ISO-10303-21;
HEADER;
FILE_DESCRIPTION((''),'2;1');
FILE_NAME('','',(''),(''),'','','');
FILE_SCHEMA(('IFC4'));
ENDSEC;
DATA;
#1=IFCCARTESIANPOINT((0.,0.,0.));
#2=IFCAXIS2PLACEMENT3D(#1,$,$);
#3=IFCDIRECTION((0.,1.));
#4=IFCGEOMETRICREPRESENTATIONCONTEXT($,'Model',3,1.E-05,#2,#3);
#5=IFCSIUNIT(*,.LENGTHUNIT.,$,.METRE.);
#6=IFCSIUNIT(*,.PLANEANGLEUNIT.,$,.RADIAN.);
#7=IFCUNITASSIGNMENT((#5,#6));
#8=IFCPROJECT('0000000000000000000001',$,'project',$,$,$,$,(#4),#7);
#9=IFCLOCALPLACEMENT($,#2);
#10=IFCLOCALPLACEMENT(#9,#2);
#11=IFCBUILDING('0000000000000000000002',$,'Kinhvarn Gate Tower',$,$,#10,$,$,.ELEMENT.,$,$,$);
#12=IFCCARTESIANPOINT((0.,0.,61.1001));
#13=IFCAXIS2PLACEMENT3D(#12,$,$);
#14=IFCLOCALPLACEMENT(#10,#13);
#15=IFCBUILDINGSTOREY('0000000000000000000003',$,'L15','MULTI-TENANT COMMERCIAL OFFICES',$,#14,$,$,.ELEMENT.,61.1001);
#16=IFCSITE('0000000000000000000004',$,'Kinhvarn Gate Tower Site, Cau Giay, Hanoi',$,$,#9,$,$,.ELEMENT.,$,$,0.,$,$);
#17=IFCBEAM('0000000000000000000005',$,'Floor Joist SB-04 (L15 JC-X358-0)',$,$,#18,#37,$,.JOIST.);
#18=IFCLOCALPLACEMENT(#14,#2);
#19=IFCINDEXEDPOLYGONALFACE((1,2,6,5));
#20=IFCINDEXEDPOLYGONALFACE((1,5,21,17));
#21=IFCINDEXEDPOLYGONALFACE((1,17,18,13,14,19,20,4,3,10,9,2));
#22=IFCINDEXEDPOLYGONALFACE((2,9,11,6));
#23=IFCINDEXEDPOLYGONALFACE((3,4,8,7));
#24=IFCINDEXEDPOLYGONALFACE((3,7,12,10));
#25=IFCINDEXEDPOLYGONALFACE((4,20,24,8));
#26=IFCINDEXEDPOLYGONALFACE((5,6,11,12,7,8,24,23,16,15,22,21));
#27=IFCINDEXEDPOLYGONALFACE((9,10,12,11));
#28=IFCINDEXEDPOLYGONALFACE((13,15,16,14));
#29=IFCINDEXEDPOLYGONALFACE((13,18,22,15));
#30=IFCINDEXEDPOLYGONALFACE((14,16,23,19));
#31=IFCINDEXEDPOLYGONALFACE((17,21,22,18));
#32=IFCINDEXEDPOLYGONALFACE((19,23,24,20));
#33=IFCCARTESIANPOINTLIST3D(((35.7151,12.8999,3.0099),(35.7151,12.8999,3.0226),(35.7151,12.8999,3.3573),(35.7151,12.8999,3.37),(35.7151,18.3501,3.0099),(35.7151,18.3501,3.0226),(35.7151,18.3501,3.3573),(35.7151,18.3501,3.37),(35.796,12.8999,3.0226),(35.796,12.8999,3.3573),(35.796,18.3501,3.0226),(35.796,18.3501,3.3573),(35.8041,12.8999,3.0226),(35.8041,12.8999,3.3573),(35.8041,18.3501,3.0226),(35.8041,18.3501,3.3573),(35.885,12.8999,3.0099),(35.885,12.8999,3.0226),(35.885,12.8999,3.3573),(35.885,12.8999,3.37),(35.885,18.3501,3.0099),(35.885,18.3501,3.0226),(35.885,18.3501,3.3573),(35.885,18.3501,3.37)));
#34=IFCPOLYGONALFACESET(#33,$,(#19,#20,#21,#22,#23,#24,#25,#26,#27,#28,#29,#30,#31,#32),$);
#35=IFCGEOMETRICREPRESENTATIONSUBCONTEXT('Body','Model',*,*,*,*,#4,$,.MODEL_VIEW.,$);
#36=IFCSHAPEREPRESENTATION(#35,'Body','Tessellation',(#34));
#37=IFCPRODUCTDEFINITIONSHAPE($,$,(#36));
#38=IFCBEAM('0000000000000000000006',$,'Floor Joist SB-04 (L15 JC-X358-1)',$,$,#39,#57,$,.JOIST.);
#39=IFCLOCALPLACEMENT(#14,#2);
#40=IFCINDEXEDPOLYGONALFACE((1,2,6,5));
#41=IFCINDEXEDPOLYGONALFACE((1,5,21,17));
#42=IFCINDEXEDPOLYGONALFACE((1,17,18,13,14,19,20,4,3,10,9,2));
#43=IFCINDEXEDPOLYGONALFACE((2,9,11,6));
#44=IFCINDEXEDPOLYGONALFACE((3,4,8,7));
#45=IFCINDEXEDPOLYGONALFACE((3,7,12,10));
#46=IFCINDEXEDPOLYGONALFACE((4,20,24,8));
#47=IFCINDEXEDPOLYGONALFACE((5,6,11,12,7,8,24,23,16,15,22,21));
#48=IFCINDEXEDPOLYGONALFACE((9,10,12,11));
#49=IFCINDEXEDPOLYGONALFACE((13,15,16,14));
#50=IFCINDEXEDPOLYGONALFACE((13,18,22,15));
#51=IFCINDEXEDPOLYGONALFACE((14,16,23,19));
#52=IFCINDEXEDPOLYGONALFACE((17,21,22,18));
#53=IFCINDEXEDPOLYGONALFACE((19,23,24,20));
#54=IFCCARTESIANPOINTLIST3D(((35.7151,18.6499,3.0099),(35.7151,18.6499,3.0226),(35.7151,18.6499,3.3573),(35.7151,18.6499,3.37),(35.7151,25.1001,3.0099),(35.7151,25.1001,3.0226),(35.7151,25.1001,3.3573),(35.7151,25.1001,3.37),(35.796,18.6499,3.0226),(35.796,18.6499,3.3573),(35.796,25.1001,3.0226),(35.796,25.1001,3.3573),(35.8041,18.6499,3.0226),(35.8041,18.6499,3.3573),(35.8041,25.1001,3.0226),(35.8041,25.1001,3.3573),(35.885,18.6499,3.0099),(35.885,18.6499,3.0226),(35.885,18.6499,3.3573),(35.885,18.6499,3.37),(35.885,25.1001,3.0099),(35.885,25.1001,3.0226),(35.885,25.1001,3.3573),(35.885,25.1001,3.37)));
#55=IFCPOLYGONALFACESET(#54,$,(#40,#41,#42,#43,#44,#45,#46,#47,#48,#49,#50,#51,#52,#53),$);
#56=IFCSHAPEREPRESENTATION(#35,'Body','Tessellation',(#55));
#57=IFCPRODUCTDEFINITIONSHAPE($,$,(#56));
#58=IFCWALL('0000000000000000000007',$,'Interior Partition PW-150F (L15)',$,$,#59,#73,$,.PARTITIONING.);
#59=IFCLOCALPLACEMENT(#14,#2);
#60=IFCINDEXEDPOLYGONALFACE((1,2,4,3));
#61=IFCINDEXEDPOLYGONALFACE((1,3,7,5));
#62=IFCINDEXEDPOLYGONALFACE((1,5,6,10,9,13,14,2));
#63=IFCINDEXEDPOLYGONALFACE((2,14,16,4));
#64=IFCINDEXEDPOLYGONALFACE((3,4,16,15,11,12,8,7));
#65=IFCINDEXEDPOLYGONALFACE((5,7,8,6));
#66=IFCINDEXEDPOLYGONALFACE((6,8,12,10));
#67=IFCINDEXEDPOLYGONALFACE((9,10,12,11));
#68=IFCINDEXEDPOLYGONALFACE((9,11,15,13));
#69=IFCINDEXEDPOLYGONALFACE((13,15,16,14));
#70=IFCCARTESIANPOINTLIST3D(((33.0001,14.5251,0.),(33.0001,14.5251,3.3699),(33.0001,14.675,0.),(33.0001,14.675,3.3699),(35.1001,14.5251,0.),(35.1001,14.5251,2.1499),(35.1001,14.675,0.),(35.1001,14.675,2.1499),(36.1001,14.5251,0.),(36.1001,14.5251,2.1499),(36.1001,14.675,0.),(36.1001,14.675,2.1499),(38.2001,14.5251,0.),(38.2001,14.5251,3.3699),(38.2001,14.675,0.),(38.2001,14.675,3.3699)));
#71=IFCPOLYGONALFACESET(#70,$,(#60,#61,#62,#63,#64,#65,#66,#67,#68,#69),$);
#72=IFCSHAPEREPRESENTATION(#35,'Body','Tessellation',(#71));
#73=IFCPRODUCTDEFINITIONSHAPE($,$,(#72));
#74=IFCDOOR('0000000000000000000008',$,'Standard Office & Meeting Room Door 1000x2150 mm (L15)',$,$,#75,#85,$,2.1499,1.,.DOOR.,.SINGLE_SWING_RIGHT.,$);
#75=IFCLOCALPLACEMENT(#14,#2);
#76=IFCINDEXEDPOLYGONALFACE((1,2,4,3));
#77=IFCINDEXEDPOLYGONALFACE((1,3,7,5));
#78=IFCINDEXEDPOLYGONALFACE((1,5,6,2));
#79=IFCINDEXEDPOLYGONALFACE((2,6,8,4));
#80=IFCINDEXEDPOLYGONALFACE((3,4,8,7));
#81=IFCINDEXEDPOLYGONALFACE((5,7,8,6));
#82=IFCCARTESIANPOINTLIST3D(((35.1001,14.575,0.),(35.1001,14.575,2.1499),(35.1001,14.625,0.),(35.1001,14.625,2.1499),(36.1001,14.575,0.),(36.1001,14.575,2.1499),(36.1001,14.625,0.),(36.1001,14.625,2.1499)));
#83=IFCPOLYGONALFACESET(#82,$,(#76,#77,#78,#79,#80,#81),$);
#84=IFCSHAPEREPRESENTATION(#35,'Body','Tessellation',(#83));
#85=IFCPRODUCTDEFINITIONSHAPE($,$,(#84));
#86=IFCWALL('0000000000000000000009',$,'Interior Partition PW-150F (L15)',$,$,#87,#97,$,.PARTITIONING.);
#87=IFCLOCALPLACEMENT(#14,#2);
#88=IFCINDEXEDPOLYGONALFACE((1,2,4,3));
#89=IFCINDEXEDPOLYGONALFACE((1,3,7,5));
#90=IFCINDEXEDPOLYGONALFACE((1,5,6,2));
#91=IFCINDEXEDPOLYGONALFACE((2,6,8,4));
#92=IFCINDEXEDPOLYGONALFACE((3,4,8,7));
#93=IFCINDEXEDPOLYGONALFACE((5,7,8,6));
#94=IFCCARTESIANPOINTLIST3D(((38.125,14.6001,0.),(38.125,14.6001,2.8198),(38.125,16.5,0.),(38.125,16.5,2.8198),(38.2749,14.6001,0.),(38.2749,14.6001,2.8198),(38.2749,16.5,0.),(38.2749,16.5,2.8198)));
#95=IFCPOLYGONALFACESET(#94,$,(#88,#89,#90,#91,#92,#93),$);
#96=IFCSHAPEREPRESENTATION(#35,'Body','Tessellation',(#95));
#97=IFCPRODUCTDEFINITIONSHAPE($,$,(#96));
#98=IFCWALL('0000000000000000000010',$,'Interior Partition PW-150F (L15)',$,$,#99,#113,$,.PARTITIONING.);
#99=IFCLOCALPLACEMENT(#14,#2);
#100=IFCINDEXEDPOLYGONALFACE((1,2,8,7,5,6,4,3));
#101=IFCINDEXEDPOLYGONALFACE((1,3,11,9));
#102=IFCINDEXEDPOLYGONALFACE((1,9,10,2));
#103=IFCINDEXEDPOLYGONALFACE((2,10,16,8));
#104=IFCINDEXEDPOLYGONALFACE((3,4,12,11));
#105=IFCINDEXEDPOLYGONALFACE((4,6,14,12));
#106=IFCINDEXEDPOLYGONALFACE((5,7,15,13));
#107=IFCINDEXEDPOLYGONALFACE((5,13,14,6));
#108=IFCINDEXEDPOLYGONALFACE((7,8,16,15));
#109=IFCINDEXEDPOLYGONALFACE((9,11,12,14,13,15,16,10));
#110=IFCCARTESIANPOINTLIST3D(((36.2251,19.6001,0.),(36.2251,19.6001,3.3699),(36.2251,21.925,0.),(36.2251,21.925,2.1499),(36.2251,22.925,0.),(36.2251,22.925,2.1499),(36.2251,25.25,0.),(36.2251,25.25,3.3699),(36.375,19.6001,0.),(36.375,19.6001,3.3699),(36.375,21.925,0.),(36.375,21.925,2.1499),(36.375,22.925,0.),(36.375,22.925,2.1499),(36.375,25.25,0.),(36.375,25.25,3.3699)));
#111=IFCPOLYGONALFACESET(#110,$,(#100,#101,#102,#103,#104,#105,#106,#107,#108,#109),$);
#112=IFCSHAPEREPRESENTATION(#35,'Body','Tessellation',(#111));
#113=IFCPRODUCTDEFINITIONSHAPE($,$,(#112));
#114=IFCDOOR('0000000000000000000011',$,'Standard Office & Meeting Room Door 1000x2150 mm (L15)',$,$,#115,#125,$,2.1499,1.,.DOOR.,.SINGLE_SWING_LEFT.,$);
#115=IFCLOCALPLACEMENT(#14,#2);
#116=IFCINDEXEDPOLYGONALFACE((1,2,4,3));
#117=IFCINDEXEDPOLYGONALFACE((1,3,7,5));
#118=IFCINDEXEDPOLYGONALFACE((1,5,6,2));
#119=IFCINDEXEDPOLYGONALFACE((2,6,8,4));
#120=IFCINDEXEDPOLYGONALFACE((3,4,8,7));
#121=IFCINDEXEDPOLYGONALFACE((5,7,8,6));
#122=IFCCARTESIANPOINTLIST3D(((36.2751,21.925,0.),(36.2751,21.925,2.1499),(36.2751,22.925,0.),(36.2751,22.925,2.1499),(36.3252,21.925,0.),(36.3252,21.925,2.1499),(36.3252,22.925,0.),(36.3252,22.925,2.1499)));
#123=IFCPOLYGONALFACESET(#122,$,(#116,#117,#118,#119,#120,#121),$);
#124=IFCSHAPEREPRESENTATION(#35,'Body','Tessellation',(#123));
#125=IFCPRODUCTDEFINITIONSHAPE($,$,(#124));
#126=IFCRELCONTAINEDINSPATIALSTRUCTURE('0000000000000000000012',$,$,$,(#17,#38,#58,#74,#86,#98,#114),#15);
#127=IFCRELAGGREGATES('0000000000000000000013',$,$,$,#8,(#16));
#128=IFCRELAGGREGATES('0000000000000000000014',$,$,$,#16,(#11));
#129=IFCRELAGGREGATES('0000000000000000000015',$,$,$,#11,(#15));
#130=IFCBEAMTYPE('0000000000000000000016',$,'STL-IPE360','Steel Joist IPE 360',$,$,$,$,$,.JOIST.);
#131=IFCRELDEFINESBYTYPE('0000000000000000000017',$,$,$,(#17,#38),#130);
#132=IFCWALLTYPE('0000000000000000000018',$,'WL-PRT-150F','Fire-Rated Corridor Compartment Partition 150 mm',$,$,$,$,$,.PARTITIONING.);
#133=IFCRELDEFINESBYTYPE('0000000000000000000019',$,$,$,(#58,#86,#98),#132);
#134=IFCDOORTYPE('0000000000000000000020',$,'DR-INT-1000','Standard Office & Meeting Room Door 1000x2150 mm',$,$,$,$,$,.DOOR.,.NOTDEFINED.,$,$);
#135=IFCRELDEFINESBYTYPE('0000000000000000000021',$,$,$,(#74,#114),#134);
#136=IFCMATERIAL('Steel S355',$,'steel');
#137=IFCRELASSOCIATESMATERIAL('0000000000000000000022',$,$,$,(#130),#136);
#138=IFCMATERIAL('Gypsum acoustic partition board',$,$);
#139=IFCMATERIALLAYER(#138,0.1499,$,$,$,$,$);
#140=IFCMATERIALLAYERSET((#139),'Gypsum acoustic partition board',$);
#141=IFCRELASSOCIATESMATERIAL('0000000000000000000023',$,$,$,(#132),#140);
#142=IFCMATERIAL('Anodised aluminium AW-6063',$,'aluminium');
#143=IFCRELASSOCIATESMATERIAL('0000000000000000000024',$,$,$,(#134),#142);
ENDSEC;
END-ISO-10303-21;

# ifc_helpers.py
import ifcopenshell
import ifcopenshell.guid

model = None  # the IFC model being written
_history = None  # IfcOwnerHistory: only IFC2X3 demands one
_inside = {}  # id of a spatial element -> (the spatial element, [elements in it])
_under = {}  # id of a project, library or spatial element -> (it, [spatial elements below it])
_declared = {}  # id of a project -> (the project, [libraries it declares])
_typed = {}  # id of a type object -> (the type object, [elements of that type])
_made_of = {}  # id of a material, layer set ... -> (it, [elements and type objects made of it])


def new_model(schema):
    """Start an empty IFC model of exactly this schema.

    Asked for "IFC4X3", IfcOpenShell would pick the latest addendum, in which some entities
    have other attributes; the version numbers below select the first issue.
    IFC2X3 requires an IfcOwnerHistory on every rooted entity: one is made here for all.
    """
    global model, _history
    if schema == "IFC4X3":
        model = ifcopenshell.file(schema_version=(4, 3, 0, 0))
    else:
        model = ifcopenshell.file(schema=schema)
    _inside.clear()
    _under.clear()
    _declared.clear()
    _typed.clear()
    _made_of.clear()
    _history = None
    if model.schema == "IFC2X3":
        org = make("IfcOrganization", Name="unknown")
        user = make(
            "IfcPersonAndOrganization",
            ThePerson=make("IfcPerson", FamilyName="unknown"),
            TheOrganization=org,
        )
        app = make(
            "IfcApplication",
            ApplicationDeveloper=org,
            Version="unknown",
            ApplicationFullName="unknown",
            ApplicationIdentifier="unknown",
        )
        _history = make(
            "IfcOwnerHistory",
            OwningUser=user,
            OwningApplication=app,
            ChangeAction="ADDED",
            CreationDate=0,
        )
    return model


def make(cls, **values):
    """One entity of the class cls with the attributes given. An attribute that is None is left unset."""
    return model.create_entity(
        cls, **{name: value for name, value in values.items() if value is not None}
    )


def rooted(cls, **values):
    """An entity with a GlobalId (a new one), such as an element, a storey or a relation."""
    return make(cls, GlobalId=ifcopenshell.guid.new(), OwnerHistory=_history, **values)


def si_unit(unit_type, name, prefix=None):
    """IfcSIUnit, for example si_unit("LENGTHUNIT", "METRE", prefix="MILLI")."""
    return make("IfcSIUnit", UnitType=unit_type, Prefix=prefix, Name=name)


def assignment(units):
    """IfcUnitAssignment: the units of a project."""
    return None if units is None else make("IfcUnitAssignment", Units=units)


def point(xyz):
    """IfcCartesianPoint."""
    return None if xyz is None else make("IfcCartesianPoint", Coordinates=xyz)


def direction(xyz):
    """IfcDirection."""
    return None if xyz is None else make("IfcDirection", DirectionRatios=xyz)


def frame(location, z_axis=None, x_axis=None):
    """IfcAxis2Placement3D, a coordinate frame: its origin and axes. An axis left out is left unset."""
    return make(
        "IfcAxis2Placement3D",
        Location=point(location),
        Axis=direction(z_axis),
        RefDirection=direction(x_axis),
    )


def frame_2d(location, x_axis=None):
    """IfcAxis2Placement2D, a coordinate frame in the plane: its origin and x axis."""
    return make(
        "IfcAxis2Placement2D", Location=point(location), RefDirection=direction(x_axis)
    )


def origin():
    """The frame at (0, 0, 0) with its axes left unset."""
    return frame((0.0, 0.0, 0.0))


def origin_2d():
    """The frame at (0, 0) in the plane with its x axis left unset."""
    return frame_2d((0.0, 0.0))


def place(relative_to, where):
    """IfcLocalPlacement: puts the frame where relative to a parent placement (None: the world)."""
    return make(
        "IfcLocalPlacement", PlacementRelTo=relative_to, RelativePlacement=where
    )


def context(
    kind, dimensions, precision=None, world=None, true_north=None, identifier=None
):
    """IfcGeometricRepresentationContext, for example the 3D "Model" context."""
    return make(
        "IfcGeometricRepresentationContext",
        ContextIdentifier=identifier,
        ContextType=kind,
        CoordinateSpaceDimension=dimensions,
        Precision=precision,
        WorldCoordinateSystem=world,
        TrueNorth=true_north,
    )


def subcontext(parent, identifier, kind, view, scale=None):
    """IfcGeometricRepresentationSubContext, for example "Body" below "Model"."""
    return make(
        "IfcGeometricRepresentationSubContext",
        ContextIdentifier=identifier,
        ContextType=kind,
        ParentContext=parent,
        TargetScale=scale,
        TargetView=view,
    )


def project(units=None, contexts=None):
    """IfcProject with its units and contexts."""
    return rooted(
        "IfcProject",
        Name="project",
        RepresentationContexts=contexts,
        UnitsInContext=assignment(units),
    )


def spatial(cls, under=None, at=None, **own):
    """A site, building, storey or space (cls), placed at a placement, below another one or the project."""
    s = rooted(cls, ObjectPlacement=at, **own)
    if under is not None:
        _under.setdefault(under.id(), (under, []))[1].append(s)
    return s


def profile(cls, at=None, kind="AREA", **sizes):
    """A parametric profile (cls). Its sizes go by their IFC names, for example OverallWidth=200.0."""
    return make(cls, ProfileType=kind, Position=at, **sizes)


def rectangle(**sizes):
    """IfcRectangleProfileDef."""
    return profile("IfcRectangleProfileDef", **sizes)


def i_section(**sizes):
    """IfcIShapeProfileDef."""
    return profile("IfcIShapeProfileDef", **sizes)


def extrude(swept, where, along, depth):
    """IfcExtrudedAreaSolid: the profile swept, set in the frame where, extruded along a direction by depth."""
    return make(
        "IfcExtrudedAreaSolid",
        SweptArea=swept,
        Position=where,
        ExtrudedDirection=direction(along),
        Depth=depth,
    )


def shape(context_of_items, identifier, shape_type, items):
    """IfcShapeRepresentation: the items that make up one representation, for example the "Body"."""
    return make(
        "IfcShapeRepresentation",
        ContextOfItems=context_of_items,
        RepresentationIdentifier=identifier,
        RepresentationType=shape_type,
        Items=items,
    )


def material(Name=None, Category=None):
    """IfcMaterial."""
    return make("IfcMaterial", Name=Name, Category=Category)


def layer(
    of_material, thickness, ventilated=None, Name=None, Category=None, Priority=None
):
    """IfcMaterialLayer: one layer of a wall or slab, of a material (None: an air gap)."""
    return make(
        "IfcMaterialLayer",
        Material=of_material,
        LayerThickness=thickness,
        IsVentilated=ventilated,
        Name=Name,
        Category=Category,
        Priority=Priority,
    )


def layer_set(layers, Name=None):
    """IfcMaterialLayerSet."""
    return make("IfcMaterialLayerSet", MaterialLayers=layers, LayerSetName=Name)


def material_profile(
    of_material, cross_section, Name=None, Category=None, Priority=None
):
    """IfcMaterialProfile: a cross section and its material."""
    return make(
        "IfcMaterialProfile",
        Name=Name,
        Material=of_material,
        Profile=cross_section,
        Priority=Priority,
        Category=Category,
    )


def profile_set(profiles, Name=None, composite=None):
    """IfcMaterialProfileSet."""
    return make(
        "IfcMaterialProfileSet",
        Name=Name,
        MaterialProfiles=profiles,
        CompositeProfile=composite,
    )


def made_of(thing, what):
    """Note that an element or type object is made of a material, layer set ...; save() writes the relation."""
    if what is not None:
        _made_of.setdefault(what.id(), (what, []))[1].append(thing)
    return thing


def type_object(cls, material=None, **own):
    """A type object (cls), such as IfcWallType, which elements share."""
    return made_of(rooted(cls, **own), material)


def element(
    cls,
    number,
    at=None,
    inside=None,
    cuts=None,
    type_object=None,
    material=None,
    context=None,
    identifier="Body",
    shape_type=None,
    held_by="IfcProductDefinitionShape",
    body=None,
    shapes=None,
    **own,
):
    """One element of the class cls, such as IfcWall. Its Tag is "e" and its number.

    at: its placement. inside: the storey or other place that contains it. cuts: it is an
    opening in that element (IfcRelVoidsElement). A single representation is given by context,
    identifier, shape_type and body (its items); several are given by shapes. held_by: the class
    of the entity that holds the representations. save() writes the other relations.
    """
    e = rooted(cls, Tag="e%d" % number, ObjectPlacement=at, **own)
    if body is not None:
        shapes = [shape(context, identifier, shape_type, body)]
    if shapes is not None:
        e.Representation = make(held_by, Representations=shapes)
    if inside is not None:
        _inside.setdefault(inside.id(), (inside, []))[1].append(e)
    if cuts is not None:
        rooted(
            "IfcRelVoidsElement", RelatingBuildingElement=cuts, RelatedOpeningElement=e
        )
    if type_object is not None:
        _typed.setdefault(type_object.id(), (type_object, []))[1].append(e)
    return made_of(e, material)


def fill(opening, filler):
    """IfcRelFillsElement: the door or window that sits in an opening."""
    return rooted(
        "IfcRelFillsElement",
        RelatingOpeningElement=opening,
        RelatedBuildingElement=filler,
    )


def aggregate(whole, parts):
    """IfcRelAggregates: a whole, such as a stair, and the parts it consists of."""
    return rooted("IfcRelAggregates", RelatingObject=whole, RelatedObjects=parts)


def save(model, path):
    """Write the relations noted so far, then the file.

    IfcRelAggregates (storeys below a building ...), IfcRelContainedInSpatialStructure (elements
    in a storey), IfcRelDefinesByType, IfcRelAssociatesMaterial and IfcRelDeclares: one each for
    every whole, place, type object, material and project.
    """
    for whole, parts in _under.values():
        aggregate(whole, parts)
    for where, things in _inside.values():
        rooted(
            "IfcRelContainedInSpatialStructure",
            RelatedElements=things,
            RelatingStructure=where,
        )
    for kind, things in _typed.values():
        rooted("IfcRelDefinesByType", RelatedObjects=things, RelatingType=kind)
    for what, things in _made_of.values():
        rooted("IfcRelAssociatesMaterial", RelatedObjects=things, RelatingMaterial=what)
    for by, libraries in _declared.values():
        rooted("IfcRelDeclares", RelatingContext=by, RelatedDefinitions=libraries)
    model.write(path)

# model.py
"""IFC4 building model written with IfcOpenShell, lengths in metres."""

from ifc_helpers import new_model, si_unit, direction, frame, frame_2d, origin, origin_2d, place, context, subcontext, project, spatial, rectangle, i_section, extrude, material, layer, layer_set, material_profile, profile_set, type_object, element, fill, save


model = new_model("IFC4")

# Units and contexts
model_context = context("Model", 3, precision=1e-05, world=origin(), true_north=direction((0.0, 1.0)))
body_context = subcontext(model_context, "Body", "Model", "MODEL_VIEW")
ifc_project = project(units=[si_unit("LENGTHUNIT", "METRE"), si_unit("PLANEANGLEUNIT", "RADIAN")], contexts=[model_context])

# Site, building, storey
site_placement = place(None, origin())
site = spatial("IfcSite", under=ifc_project, at=site_placement, Name="Kinhvarn Gate Tower Site, Cau Giay, Hanoi", CompositionType="ELEMENT", RefElevation=0.0)
building_placement = place(site_placement, origin())
building = spatial("IfcBuilding", under=site, at=building_placement, Name="Kinhvarn Gate Tower", CompositionType="ELEMENT")
storey_placement = place(building_placement, frame((0.0, 0.0, 61.1001)))
storey = spatial("IfcBuildingStorey", under=building, at=storey_placement, Name="L15", Description="MULTI-TENANT COMMERCIAL OFFICES", CompositionType="ELEMENT", Elevation=61.1001)

# Beams
ifc_material_1 = material(Name="Steel S355", Category="steel")
ifc_material_profile_1 = material_profile(ifc_material_1, i_section(OverallWidth=0.1699, OverallDepth=0.3601, WebThickness=0.0081, FlangeThickness=0.0127, at=origin_2d()), Name="IPE 360")
ifc_profile_set_1 = profile_set([ifc_material_profile_1], Name="Steel S355")
beam_type_1 = type_object("IfcBeamType", Name="STL-IPE360", Description="Steel Joist IPE 360", PredefinedType="JOIST", material=ifc_profile_set_1)
beam_1_placement = place(storey_placement, frame((35.8, 12.8999, 3.1899), z_axis=(0.0, 1.0, 0.0), x_axis=(-1.0, 0.0, 0.0)))
element("IfcBeam", 1, at=beam_1_placement, inside=storey, type_object=beam_type_1, Name="Floor Joist SB-04 (L15 JC-X358-0)", PredefinedType="JOIST", context=body_context, shape_type="SweptSolid", body=[
    extrude(i_section(OverallWidth=0.1699, OverallDepth=0.3601, WebThickness=0.0081, FlangeThickness=0.0127, at=origin_2d()), origin(), (0.0, 0.0, 1.0), 5.4502),
])
beam_2_placement = place(storey_placement, frame((35.8, 18.6499, 3.1899), z_axis=(0.0, 1.0, 0.0), x_axis=(-1.0, 0.0, 0.0)))
element("IfcBeam", 2, at=beam_2_placement, inside=storey, type_object=beam_type_1, Name="Floor Joist SB-04 (L15 JC-X358-1)", PredefinedType="JOIST", context=body_context, shape_type="SweptSolid", body=[
    extrude(i_section(OverallWidth=0.1699, OverallDepth=0.3601, WebThickness=0.0081, FlangeThickness=0.0127, at=origin_2d()), origin(), (0.0, 0.0, 1.0), 6.4502),
])

# Wall, opening, door
ifc_material_2 = material(Name="Gypsum acoustic partition board")
ifc_layer = layer(ifc_material_2, 0.1499)
ifc_layer_set = layer_set([ifc_layer], Name="Gypsum acoustic partition board")
wall_type = type_object("IfcWallType", Name="WL-PRT-150F", Description="Fire-Rated Corridor Compartment Partition 150 mm", PredefinedType="PARTITIONING", material=ifc_layer_set)
wall_1_placement = place(storey_placement, frame((33.0, 14.6001, 0.0), z_axis=(0.0, 0.0, 1.0), x_axis=(1.0, 0.0, 0.0)))
wall_1 = element("IfcWall", 3, at=wall_1_placement, inside=storey, type_object=wall_type, Name="Interior Partition PW-150F (L15)", PredefinedType="PARTITIONING", context=body_context, shape_type="SweptSolid", body=[
    extrude(rectangle(XDim=5.2, YDim=0.1499, at=frame_2d((2.6001, 0.0))), origin(), (0.0, 0.0, 1.0), 3.3699),
])
opening_1_placement = place(wall_1_placement, frame((2.1001, 0.0, 0.0)))
opening_1 = element("IfcOpeningElement", 4, at=opening_1_placement, cuts=wall_1, PredefinedType="OPENING", context=body_context, shape_type="SweptSolid", body=[
    extrude(rectangle(XDim=1.0, YDim=2.1499, at=frame_2d((0.5, 1.075))), frame((0.0, 0.085, 0.0), z_axis=(0.0, -1.0, 0.0), x_axis=(1.0, 0.0, 0.0)), (0.0, 0.0, 1.0), 0.1699),
])
ifc_material_3 = material(Name="Anodised aluminium AW-6063", Category="aluminium")
door_type = type_object("IfcDoorType", Name="DR-INT-1000", Description="Standard Office & Meeting Room Door 1000x2150 mm", OperationType="NOTDEFINED", PredefinedType="DOOR", material=ifc_material_3)
door_1_placement = place(opening_1_placement, origin())
door_1 = element("IfcDoor", 5, at=door_1_placement, inside=storey, type_object=door_type, Name="Standard Office & Meeting Room Door 1000x2150 mm (L15)", OperationType="SINGLE_SWING_RIGHT", OverallHeight=2.1499, OverallWidth=1.0, PredefinedType="DOOR", context=body_context, shape_type="SweptSolid", body=[
    extrude(rectangle(XDim=1.0, YDim=2.1499, at=frame_2d((0.5, 1.075))), frame((0.0, 0.0249, 0.0), z_axis=(0.0, -1.0, 0.0), x_axis=(1.0, 0.0, 0.0)), (0.0, 0.0, 1.0), 0.05),
])
fill(opening_1, door_1)

# Wall
wall_2_placement = place(storey_placement, frame((38.2, 14.6001, 0.0), z_axis=(0.0, 0.0, 1.0), x_axis=(0.0, 1.0, 0.0)))
element("IfcWall", 6, at=wall_2_placement, inside=storey, type_object=wall_type, Name="Interior Partition PW-150F (L15)", PredefinedType="PARTITIONING", context=body_context, shape_type="SweptSolid", body=[
    extrude(rectangle(XDim=1.8999, YDim=0.1499, at=frame_2d((0.95, 0.0))), origin(), (0.0, 0.0, 1.0), 2.8198),
])

# Wall, opening, door
wall_3_placement = place(storey_placement, frame((36.3, 19.6001, 0.0), z_axis=(0.0, 0.0, 1.0), x_axis=(0.0, 1.0, 0.0)))
wall_3 = element("IfcWall", 7, at=wall_3_placement, inside=storey, type_object=wall_type, Name="Interior Partition PW-150F (L15)", PredefinedType="PARTITIONING", context=body_context, shape_type="SweptSolid", body=[
    extrude(rectangle(XDim=5.6499, YDim=0.1499, at=frame_2d((2.825, 0.0))), origin(), (0.0, 0.0, 1.0), 3.3699),
])
opening_2_placement = place(wall_3_placement, frame((2.325, 0.0, 0.0)))
opening_2 = element("IfcOpeningElement", 8, at=opening_2_placement, cuts=wall_3, PredefinedType="OPENING", context=body_context, shape_type="SweptSolid", body=[
    extrude(rectangle(XDim=1.0, YDim=2.1499, at=frame_2d((0.5, 1.075))), frame((0.0, 0.085, 0.0), z_axis=(0.0, -1.0, 0.0), x_axis=(1.0, 0.0, 0.0)), (0.0, 0.0, 1.0), 0.1699),
])
door_2_placement = place(opening_2_placement, origin())
door_2 = element("IfcDoor", 9, at=door_2_placement, inside=storey, type_object=door_type, Name="Standard Office & Meeting Room Door 1000x2150 mm (L15)", OperationType="SINGLE_SWING_LEFT", OverallHeight=2.1499, OverallWidth=1.0, PredefinedType="DOOR", context=body_context, shape_type="SweptSolid", body=[
    extrude(rectangle(XDim=1.0, YDim=2.1499, at=frame_2d((0.5, 1.075))), frame((0.0, 0.0249, 0.0), z_axis=(0.0, -1.0, 0.0), x_axis=(1.0, 0.0, 0.0)), (0.0, 0.0, 1.0), 0.05),
])
fill(opening_2, door_2)

save(model, "model.ifc")
